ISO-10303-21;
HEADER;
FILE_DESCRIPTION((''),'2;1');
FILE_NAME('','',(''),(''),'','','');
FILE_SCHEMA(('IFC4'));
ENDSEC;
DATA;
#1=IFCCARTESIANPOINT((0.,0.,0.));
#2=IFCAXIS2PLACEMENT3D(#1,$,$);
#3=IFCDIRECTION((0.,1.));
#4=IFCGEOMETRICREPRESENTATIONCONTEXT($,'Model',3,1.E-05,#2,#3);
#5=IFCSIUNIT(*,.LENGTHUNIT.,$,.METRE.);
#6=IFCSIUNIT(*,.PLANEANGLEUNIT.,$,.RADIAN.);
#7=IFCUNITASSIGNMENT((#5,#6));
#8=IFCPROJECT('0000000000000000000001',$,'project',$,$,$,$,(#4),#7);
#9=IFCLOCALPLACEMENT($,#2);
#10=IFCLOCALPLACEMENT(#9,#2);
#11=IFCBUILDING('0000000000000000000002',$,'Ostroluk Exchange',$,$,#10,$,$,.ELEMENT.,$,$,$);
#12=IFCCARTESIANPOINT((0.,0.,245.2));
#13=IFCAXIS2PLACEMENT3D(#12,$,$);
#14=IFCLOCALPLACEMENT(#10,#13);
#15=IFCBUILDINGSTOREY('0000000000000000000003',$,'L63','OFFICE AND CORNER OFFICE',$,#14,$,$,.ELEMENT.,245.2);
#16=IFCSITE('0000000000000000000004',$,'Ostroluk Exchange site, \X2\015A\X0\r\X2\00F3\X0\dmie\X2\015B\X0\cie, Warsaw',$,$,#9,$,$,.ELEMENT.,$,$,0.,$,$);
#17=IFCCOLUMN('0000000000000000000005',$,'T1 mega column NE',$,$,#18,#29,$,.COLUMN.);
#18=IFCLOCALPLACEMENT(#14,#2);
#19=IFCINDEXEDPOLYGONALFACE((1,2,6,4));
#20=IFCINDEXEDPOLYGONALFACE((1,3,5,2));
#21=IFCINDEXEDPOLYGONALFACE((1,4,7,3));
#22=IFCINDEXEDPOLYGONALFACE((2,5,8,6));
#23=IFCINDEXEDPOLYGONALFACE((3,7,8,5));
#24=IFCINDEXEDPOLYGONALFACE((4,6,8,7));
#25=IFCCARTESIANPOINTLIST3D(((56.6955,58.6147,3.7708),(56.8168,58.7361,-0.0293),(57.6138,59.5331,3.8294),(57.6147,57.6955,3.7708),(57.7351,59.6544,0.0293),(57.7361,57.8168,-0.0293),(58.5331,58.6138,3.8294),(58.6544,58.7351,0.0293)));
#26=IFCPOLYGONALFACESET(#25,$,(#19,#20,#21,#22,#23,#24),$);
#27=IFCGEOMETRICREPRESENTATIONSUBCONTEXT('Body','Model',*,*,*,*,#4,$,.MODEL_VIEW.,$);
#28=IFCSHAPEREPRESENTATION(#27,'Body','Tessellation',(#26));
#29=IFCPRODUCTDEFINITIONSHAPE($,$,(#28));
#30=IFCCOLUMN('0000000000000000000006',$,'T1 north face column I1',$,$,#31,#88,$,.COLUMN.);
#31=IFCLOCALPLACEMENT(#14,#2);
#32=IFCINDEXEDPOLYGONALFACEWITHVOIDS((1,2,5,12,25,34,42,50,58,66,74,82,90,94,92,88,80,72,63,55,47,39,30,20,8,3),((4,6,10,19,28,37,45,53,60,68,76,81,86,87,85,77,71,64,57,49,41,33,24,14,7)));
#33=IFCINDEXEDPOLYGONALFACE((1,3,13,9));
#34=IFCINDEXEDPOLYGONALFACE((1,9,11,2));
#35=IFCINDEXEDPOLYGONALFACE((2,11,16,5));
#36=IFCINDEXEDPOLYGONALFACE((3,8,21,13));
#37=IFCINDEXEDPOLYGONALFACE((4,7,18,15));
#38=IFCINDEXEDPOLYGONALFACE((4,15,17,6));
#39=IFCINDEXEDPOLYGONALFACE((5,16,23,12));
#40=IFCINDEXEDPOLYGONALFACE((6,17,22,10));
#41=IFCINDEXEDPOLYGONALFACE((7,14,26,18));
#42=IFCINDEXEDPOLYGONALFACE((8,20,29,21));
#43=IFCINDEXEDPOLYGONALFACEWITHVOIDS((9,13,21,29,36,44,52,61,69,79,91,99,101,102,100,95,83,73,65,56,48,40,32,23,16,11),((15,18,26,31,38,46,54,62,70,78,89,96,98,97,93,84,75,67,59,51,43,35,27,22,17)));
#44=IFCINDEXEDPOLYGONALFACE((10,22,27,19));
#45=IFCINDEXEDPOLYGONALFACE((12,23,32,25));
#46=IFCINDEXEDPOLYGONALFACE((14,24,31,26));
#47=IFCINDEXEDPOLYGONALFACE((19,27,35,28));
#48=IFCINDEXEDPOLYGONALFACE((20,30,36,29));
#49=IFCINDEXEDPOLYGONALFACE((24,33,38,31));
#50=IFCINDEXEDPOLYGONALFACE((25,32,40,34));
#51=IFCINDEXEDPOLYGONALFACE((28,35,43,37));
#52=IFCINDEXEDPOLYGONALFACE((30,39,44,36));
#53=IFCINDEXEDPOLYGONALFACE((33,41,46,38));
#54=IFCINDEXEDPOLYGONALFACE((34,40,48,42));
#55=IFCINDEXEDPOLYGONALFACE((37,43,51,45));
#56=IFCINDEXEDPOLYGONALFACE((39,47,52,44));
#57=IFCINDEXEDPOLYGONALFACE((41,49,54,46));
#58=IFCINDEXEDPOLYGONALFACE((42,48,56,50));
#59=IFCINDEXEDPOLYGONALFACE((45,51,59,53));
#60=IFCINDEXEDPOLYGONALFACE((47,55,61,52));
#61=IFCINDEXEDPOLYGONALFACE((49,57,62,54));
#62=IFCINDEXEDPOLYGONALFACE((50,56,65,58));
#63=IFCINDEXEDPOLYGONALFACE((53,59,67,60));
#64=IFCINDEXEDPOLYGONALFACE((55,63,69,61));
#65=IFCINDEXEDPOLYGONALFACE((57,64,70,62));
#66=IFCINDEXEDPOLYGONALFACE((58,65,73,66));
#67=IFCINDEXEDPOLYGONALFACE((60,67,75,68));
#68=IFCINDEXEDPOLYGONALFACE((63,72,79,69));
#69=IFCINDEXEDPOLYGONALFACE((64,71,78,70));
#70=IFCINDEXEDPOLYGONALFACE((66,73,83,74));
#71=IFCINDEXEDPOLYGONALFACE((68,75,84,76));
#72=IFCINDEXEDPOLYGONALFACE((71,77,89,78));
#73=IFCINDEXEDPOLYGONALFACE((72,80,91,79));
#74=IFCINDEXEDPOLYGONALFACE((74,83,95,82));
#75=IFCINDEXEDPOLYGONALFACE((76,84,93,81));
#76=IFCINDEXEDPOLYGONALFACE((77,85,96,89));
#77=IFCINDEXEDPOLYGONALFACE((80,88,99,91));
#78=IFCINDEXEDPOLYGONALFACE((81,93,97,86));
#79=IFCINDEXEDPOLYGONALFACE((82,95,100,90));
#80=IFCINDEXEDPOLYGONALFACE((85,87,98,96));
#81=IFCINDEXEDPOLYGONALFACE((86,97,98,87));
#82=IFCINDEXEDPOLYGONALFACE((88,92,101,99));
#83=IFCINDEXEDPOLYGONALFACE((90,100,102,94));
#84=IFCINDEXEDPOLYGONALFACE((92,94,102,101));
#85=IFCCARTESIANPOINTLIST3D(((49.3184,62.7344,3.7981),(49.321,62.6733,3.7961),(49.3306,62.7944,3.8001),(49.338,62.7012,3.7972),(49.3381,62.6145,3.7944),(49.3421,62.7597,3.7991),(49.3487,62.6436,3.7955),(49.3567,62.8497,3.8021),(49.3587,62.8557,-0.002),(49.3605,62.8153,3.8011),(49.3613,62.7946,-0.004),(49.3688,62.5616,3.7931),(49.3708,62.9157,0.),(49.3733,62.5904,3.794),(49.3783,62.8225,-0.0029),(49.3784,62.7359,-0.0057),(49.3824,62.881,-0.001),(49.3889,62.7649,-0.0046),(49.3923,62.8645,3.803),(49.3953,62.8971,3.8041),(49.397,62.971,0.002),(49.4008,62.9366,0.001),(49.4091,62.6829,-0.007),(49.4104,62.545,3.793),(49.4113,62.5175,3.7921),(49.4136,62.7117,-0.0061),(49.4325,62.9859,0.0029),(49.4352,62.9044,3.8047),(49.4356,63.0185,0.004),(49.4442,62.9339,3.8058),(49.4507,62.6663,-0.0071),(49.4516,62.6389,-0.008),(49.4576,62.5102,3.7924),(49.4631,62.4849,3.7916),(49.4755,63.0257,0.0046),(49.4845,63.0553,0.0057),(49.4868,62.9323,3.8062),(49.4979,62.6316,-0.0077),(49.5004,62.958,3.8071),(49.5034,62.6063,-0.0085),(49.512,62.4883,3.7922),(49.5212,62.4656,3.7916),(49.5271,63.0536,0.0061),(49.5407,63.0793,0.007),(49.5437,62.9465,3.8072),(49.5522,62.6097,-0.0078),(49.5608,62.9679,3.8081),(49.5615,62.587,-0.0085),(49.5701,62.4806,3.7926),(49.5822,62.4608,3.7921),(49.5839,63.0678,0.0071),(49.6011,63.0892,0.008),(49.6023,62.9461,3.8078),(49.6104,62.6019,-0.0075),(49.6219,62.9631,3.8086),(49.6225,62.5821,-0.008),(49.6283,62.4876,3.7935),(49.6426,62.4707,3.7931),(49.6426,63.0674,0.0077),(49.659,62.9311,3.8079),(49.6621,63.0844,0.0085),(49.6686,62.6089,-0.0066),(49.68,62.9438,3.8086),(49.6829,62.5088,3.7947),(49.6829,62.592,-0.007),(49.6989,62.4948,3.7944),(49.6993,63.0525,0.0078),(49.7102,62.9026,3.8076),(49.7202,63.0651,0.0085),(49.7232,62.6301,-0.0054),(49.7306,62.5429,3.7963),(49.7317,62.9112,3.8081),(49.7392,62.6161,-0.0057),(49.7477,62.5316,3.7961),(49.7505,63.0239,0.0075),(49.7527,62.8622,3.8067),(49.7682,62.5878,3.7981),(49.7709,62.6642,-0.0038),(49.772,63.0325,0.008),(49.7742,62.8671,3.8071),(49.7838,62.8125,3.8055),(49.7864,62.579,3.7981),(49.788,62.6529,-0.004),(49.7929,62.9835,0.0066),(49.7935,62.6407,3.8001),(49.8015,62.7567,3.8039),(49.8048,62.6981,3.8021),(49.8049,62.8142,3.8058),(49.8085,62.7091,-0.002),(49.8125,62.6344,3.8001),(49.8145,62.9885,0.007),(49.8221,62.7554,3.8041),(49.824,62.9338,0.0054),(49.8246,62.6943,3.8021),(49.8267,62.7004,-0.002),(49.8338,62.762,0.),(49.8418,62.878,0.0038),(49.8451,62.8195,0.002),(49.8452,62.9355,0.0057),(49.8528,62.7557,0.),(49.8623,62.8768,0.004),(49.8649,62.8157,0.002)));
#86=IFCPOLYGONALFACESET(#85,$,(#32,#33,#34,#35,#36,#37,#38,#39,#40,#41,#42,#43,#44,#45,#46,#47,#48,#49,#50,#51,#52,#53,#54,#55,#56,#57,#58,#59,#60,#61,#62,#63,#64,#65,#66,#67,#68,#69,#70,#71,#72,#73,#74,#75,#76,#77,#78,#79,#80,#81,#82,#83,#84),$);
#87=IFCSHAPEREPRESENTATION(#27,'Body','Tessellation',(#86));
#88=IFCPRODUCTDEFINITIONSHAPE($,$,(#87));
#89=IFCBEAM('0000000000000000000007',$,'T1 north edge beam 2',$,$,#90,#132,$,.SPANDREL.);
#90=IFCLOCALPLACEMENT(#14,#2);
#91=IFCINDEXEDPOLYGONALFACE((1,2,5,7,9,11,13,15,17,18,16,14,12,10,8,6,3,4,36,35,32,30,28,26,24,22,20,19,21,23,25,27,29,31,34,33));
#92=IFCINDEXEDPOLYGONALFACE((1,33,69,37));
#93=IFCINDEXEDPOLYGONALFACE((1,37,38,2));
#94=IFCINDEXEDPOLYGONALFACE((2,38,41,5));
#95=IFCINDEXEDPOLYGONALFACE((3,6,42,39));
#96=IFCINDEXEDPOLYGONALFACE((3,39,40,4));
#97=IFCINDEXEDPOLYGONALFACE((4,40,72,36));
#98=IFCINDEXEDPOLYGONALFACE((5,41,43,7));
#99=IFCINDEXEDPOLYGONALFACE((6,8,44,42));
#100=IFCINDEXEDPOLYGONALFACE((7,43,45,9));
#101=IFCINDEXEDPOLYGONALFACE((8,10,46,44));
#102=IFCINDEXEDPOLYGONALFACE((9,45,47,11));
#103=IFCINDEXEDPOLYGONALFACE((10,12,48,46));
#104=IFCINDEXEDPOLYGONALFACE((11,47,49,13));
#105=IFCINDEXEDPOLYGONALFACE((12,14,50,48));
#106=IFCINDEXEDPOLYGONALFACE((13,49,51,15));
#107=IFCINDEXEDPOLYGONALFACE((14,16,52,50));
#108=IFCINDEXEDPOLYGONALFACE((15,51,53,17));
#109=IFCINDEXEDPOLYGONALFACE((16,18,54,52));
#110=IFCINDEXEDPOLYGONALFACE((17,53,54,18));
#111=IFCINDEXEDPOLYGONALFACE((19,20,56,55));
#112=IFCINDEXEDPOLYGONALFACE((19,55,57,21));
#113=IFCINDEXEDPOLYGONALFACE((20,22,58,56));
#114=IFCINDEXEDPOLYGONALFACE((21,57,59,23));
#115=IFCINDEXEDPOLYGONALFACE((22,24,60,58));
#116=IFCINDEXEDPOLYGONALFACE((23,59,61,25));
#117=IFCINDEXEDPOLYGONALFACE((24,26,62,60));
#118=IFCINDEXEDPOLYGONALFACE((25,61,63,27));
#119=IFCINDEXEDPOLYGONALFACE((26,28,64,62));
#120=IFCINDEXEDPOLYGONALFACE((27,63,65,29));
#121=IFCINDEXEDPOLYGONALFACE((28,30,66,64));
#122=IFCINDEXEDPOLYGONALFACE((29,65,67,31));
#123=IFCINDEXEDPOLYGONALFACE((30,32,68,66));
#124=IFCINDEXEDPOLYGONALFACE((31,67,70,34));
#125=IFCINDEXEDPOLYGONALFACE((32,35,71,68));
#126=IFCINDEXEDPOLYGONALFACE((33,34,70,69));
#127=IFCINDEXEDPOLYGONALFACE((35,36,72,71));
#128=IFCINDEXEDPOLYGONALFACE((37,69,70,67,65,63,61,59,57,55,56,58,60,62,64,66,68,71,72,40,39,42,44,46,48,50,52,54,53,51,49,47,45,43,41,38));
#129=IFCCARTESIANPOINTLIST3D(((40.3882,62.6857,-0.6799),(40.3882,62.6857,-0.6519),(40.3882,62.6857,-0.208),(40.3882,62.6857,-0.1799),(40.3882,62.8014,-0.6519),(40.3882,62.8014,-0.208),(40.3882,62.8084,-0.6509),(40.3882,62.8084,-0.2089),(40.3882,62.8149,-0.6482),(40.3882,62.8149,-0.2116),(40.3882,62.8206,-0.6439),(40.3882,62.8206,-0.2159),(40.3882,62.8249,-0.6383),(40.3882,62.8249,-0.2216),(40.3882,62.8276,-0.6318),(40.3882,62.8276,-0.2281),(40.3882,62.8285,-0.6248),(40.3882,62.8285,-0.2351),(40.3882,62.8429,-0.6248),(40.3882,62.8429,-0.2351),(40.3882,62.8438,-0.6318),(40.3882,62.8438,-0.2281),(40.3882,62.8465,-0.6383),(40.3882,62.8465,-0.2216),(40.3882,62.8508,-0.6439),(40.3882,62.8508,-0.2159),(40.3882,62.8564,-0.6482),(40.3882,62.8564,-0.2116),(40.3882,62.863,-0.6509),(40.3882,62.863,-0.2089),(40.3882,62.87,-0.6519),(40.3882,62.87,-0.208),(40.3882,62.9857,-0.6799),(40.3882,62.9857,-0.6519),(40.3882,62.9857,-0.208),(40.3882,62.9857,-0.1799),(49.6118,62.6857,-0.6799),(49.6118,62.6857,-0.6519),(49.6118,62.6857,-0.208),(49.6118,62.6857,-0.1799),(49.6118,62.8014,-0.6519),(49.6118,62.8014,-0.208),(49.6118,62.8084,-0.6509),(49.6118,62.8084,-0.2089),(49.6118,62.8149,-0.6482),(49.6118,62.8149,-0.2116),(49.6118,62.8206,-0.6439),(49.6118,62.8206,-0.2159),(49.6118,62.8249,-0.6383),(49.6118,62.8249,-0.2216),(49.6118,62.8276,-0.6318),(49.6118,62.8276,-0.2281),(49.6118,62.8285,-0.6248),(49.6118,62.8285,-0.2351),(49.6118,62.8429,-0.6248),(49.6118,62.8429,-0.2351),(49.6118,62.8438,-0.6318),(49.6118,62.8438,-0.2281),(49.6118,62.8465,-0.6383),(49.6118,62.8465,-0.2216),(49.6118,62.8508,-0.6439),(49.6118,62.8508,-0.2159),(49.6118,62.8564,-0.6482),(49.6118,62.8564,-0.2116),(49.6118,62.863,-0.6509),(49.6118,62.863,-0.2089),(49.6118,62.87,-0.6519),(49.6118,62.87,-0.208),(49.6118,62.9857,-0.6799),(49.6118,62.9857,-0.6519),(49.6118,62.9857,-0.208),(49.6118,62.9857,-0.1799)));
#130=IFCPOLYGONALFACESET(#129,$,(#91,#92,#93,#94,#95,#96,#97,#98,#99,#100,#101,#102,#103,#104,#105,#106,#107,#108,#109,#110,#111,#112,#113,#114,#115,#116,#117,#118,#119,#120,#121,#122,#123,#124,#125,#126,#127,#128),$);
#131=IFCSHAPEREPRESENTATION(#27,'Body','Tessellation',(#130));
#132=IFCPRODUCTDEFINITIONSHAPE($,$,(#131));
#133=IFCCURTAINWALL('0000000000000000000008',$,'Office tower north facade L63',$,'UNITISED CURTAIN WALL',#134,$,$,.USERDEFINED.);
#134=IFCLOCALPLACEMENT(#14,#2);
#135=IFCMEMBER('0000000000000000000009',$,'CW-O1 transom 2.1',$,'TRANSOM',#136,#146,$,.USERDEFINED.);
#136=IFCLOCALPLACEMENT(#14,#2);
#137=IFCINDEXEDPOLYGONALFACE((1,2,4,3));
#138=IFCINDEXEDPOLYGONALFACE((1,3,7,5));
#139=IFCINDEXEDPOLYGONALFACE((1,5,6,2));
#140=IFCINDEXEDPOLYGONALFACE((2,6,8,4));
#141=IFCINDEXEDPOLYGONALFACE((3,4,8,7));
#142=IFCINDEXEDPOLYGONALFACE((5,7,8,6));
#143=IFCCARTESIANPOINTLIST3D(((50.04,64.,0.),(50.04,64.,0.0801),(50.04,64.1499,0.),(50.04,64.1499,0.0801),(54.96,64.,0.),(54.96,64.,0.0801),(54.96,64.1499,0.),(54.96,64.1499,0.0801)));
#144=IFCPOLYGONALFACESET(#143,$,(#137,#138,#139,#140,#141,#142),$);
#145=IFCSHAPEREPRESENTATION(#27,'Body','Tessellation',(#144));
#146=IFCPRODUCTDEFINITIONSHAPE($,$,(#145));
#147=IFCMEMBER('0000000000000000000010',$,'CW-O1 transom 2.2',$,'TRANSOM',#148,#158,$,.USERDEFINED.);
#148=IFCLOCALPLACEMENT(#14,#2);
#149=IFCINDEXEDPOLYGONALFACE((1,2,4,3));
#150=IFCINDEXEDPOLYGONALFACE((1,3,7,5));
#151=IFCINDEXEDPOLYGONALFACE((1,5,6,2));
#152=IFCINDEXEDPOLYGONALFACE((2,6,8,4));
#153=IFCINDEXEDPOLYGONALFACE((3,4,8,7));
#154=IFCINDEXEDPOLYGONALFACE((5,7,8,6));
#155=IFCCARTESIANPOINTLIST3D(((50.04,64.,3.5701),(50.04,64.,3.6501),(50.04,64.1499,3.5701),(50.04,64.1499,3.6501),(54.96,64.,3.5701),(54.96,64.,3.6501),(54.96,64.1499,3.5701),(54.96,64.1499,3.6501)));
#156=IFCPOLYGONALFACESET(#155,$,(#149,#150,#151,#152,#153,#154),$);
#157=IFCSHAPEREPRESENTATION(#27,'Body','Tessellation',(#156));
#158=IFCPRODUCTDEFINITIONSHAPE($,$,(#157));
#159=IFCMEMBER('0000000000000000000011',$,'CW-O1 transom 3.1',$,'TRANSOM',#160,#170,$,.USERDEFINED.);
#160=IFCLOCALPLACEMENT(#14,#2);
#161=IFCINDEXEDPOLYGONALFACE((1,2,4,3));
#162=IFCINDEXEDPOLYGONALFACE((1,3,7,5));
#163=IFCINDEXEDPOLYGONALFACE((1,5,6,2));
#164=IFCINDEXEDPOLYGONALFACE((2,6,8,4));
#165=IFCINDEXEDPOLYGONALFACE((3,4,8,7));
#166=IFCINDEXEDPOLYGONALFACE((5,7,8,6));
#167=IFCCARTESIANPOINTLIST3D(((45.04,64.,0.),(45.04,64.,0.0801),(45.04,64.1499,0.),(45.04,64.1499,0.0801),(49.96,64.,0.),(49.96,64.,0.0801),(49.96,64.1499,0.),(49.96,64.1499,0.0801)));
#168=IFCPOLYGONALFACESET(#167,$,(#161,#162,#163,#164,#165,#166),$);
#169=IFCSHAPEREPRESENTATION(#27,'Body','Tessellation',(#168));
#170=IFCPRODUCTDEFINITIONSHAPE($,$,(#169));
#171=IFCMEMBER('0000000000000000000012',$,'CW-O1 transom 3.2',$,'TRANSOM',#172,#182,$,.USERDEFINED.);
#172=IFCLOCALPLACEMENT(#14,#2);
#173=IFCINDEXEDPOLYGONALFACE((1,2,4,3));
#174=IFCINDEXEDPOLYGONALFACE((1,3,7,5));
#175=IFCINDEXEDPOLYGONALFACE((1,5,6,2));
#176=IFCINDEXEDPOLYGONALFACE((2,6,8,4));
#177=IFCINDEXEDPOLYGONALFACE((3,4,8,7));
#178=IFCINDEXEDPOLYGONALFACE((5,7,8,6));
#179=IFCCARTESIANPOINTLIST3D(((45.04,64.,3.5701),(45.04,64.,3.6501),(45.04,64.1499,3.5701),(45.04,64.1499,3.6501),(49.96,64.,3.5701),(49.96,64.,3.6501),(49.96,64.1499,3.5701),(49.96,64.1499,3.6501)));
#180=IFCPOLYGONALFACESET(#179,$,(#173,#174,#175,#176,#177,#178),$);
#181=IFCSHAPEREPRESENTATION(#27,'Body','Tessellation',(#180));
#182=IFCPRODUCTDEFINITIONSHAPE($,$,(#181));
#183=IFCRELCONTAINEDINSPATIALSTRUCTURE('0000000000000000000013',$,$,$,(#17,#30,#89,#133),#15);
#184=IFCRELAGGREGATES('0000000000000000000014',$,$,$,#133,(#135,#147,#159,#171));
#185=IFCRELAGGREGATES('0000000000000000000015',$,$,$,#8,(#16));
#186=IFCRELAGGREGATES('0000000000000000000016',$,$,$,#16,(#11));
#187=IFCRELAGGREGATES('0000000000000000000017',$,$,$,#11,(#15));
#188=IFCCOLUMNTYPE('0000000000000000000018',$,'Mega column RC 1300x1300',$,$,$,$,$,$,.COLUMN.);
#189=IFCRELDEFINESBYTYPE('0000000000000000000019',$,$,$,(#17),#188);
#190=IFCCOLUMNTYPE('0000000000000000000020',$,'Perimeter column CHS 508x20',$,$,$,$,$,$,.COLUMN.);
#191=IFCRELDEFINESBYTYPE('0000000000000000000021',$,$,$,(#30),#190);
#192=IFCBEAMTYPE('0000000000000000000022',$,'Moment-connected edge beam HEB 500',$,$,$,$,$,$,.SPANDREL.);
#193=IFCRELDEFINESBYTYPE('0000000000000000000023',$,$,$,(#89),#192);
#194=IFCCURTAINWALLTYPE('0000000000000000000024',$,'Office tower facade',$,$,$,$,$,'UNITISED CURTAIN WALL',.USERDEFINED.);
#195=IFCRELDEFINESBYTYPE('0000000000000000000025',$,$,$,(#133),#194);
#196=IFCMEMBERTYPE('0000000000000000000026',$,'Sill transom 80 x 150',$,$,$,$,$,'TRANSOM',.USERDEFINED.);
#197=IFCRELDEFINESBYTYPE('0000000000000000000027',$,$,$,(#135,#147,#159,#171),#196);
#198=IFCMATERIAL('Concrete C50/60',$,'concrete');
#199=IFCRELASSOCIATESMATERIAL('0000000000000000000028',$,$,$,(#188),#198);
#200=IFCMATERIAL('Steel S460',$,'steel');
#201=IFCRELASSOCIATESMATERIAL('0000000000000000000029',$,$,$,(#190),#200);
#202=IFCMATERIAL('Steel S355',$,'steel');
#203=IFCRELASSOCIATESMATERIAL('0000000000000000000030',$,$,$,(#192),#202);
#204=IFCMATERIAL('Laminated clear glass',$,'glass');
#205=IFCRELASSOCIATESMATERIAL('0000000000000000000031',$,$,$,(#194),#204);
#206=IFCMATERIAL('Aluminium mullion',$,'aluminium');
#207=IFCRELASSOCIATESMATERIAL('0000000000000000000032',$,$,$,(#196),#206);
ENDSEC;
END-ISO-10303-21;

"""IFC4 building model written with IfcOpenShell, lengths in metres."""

from ifc_helpers import new_model, si_unit, direction, frame, origin, origin_2d, place, context, subcontext, project, spatial, rectangle, hollow_circle, i_section, extrude, material, material_profile, profile_set, type_object, element, aggregate, save


model = new_model("IFC4")

# Units and contexts
model_context = context("Model", 3, precision=1e-05, world=origin(), true_north=direction((0.0, 1.0)))
body_context = subcontext(model_context, "Body", "Model", "MODEL_VIEW")
ifc_project = project(units=[si_unit("LENGTHUNIT", "METRE"), si_unit("PLANEANGLEUNIT", "RADIAN")], contexts=[model_context])

# Site, building, storey
site_placement = place(None, origin())
site = spatial("IfcSite", under=ifc_project, at=site_placement, Name="Ostroluk Exchange site, Śródmieście, Warsaw", CompositionType="ELEMENT", RefElevation=0.0)
building_placement = place(site_placement, origin())
building = spatial("IfcBuilding", under=site, at=building_placement, Name="Ostroluk Exchange", CompositionType="ELEMENT")
storey_placement = place(building_placement, frame((0.0, 0.0, 245.2)))
storey = spatial("IfcBuildingStorey", under=building, at=storey_placement, Name="L63", Description="OFFICE AND CORNER OFFICE", CompositionType="ELEMENT", Elevation=245.2)

# Columns
ifc_material_1 = material(Name="Concrete C50/60", Category="concrete")
ifc_material_profile_1 = material_profile(ifc_material_1, rectangle(XDim=1.3, YDim=1.3, at=origin_2d()), Name="RC 1300x1300")
ifc_profile_set_1 = profile_set([ifc_material_profile_1], Name="Concrete C50/60")
column_type_1 = type_object("IfcColumnType", Name="Mega column RC 1300x1300", PredefinedType="COLUMN", material=ifc_profile_set_1)
column_1_placement = place(storey_placement, frame((57.7356, 58.7356, 0.0), z_axis=(-0.031898, -0.031898, 0.998982), x_axis=(0.707107, -0.707107, 0.0)))
element("IfcColumn", 1, at=column_1_placement, inside=storey, type_object=column_type_1, Name="T1 mega column NE", PredefinedType="COLUMN", context=body_context, shape_type="SweptSolid", body=[
    extrude(rectangle(XDim=1.3, YDim=1.3, at=origin_2d()), origin(), (0.0, 0.0, 1.0), 3.804),
])
ifc_material_2 = material(Name="Steel S460", Category="steel")
ifc_material_profile_2 = material_profile(ifc_material_2, hollow_circle(Radius=0.2539, WallThickness=0.02, at=origin_2d()), Name="CHS 508x20")
ifc_profile_set_2 = profile_set([ifc_material_profile_2], Name="Steel S460")
column_type_2 = type_object("IfcColumnType", Name="Perimeter column CHS 508x20", PredefinedType="COLUMN", material=ifc_profile_set_2)
column_2_placement = place(storey_placement, frame((49.6118, 62.8357, 0.0), z_axis=(-0.010595, -0.031913, 0.999435), x_axis=(0.949065, -0.315082, 0.0)))
element("IfcColumn", 2, at=column_2_placement, inside=storey, type_object=column_type_2, Name="T1 north face column I1", PredefinedType="COLUMN", context=body_context, shape_type="SweptSolid", body=[
    extrude(hollow_circle(Radius=0.2539, WallThickness=0.02, at=origin_2d()), origin(), (0.0, 0.0, 1.0), 3.8022),
])

# Beam
ifc_material_3 = material(Name="Steel S355", Category="steel")
ifc_material_profile_3 = material_profile(ifc_material_3, i_section(OverallWidth=0.3, OverallDepth=0.5, WebThickness=0.0144, FlangeThickness=0.0281, FilletRadius=0.0271, at=origin_2d()), Name="HEB 500")
ifc_profile_set_3 = profile_set([ifc_material_profile_3], Name="Steel S355")
beam_type = type_object("IfcBeamType", Name="Moment-connected edge beam HEB 500", PredefinedType="SPANDREL", material=ifc_profile_set_3)
beam_placement = place(storey_placement, frame((49.6118, 62.8357, -0.4299), z_axis=(-1.0, 0.0, 0.0), x_axis=(0.0, -1.0, 0.0)))
element("IfcBeam", 3, at=beam_placement, inside=storey, type_object=beam_type, Name="T1 north edge beam 2", PredefinedType="SPANDREL", context=body_context, shape_type="SweptSolid", body=[
    extrude(i_section(OverallWidth=0.3, OverallDepth=0.5, WebThickness=0.0144, FlangeThickness=0.0281, FilletRadius=0.0271, at=origin_2d()), origin(), (0.0, 0.0, 1.0), 9.2236),
])

# Curtain wall, members
ifc_material_4 = material(Name="Laminated clear glass", Category="glass")
curtain_wall_type = type_object("IfcCurtainWallType", Name="Office tower facade", ElementType="UNITISED CURTAIN WALL", PredefinedType="USERDEFINED", material=ifc_material_4)
curtain_wall_placement = place(storey_placement, origin())
curtain_wall = element("IfcCurtainWall", 4, at=curtain_wall_placement, inside=storey, type_object=curtain_wall_type, Name="Office tower north facade L63", ObjectType="UNITISED CURTAIN WALL", PredefinedType="USERDEFINED")
ifc_material_5 = material(Name="Aluminium mullion", Category="aluminium")
ifc_material_profile_4 = material_profile(ifc_material_5, rectangle(XDim=0.1499, YDim=0.0801, at=origin_2d()), Name="Sill transom 80 x 150")
ifc_profile_set_4 = profile_set([ifc_material_profile_4], Name="Aluminium mullion")
member_type_1 = type_object("IfcMemberType", Name="Sill transom 80 x 150", ElementType="TRANSOM", PredefinedType="USERDEFINED", material=ifc_profile_set_4)
member_1_placement = place(storey_placement, frame((54.96, 64.075, 0.04), z_axis=(-1.0, 0.0, 0.0), x_axis=(0.0, -1.0, 0.0)))
member_1 = element("IfcMember", 5, at=member_1_placement, type_object=member_type_1, Name="CW-O1 transom 2.1", ObjectType="TRANSOM", PredefinedType="USERDEFINED", context=body_context, shape_type="SweptSolid", body=[
    extrude(rectangle(XDim=0.1499, YDim=0.0801, at=origin_2d()), origin(), (0.0, 0.0, 1.0), 4.9199),
])
member_2_placement = place(storey_placement, frame((54.96, 64.075, 3.6101), z_axis=(-1.0, 0.0, 0.0), x_axis=(0.0, -1.0, 0.0)))
member_2 = element("IfcMember", 6, at=member_2_placement, type_object=member_type_1, Name="CW-O1 transom 2.2", ObjectType="TRANSOM", PredefinedType="USERDEFINED", context=body_context, shape_type="SweptSolid", body=[
    extrude(rectangle(XDim=0.1499, YDim=0.0801, at=origin_2d()), origin(), (0.0, 0.0, 1.0), 4.9199),
])
member_3_placement = place(storey_placement, frame((49.96, 64.075, 0.04), z_axis=(-1.0, 0.0, 0.0), x_axis=(0.0, -1.0, 0.0)))
member_3 = element("IfcMember", 7, at=member_3_placement, type_object=member_type_1, Name="CW-O1 transom 3.1", ObjectType="TRANSOM", PredefinedType="USERDEFINED", context=body_context, shape_type="SweptSolid", body=[
    extrude(rectangle(XDim=0.1499, YDim=0.0801, at=origin_2d()), origin(), (0.0, 0.0, 1.0), 4.9199),
])
member_4_placement = place(storey_placement, frame((49.96, 64.075, 3.6101), z_axis=(-1.0, 0.0, 0.0), x_axis=(0.0, -1.0, 0.0)))
member_4 = element("IfcMember", 8, at=member_4_placement, type_object=member_type_1, Name="CW-O1 transom 3.2", ObjectType="TRANSOM", PredefinedType="USERDEFINED", context=body_context, shape_type="SweptSolid", body=[
    extrude(rectangle(XDim=0.1499, YDim=0.0801, at=origin_2d()), origin(), (0.0, 0.0, 1.0), 4.9199),
])
aggregate(curtain_wall, [member_1, member_2, member_3, member_4])

save(model, "model.ifc")
